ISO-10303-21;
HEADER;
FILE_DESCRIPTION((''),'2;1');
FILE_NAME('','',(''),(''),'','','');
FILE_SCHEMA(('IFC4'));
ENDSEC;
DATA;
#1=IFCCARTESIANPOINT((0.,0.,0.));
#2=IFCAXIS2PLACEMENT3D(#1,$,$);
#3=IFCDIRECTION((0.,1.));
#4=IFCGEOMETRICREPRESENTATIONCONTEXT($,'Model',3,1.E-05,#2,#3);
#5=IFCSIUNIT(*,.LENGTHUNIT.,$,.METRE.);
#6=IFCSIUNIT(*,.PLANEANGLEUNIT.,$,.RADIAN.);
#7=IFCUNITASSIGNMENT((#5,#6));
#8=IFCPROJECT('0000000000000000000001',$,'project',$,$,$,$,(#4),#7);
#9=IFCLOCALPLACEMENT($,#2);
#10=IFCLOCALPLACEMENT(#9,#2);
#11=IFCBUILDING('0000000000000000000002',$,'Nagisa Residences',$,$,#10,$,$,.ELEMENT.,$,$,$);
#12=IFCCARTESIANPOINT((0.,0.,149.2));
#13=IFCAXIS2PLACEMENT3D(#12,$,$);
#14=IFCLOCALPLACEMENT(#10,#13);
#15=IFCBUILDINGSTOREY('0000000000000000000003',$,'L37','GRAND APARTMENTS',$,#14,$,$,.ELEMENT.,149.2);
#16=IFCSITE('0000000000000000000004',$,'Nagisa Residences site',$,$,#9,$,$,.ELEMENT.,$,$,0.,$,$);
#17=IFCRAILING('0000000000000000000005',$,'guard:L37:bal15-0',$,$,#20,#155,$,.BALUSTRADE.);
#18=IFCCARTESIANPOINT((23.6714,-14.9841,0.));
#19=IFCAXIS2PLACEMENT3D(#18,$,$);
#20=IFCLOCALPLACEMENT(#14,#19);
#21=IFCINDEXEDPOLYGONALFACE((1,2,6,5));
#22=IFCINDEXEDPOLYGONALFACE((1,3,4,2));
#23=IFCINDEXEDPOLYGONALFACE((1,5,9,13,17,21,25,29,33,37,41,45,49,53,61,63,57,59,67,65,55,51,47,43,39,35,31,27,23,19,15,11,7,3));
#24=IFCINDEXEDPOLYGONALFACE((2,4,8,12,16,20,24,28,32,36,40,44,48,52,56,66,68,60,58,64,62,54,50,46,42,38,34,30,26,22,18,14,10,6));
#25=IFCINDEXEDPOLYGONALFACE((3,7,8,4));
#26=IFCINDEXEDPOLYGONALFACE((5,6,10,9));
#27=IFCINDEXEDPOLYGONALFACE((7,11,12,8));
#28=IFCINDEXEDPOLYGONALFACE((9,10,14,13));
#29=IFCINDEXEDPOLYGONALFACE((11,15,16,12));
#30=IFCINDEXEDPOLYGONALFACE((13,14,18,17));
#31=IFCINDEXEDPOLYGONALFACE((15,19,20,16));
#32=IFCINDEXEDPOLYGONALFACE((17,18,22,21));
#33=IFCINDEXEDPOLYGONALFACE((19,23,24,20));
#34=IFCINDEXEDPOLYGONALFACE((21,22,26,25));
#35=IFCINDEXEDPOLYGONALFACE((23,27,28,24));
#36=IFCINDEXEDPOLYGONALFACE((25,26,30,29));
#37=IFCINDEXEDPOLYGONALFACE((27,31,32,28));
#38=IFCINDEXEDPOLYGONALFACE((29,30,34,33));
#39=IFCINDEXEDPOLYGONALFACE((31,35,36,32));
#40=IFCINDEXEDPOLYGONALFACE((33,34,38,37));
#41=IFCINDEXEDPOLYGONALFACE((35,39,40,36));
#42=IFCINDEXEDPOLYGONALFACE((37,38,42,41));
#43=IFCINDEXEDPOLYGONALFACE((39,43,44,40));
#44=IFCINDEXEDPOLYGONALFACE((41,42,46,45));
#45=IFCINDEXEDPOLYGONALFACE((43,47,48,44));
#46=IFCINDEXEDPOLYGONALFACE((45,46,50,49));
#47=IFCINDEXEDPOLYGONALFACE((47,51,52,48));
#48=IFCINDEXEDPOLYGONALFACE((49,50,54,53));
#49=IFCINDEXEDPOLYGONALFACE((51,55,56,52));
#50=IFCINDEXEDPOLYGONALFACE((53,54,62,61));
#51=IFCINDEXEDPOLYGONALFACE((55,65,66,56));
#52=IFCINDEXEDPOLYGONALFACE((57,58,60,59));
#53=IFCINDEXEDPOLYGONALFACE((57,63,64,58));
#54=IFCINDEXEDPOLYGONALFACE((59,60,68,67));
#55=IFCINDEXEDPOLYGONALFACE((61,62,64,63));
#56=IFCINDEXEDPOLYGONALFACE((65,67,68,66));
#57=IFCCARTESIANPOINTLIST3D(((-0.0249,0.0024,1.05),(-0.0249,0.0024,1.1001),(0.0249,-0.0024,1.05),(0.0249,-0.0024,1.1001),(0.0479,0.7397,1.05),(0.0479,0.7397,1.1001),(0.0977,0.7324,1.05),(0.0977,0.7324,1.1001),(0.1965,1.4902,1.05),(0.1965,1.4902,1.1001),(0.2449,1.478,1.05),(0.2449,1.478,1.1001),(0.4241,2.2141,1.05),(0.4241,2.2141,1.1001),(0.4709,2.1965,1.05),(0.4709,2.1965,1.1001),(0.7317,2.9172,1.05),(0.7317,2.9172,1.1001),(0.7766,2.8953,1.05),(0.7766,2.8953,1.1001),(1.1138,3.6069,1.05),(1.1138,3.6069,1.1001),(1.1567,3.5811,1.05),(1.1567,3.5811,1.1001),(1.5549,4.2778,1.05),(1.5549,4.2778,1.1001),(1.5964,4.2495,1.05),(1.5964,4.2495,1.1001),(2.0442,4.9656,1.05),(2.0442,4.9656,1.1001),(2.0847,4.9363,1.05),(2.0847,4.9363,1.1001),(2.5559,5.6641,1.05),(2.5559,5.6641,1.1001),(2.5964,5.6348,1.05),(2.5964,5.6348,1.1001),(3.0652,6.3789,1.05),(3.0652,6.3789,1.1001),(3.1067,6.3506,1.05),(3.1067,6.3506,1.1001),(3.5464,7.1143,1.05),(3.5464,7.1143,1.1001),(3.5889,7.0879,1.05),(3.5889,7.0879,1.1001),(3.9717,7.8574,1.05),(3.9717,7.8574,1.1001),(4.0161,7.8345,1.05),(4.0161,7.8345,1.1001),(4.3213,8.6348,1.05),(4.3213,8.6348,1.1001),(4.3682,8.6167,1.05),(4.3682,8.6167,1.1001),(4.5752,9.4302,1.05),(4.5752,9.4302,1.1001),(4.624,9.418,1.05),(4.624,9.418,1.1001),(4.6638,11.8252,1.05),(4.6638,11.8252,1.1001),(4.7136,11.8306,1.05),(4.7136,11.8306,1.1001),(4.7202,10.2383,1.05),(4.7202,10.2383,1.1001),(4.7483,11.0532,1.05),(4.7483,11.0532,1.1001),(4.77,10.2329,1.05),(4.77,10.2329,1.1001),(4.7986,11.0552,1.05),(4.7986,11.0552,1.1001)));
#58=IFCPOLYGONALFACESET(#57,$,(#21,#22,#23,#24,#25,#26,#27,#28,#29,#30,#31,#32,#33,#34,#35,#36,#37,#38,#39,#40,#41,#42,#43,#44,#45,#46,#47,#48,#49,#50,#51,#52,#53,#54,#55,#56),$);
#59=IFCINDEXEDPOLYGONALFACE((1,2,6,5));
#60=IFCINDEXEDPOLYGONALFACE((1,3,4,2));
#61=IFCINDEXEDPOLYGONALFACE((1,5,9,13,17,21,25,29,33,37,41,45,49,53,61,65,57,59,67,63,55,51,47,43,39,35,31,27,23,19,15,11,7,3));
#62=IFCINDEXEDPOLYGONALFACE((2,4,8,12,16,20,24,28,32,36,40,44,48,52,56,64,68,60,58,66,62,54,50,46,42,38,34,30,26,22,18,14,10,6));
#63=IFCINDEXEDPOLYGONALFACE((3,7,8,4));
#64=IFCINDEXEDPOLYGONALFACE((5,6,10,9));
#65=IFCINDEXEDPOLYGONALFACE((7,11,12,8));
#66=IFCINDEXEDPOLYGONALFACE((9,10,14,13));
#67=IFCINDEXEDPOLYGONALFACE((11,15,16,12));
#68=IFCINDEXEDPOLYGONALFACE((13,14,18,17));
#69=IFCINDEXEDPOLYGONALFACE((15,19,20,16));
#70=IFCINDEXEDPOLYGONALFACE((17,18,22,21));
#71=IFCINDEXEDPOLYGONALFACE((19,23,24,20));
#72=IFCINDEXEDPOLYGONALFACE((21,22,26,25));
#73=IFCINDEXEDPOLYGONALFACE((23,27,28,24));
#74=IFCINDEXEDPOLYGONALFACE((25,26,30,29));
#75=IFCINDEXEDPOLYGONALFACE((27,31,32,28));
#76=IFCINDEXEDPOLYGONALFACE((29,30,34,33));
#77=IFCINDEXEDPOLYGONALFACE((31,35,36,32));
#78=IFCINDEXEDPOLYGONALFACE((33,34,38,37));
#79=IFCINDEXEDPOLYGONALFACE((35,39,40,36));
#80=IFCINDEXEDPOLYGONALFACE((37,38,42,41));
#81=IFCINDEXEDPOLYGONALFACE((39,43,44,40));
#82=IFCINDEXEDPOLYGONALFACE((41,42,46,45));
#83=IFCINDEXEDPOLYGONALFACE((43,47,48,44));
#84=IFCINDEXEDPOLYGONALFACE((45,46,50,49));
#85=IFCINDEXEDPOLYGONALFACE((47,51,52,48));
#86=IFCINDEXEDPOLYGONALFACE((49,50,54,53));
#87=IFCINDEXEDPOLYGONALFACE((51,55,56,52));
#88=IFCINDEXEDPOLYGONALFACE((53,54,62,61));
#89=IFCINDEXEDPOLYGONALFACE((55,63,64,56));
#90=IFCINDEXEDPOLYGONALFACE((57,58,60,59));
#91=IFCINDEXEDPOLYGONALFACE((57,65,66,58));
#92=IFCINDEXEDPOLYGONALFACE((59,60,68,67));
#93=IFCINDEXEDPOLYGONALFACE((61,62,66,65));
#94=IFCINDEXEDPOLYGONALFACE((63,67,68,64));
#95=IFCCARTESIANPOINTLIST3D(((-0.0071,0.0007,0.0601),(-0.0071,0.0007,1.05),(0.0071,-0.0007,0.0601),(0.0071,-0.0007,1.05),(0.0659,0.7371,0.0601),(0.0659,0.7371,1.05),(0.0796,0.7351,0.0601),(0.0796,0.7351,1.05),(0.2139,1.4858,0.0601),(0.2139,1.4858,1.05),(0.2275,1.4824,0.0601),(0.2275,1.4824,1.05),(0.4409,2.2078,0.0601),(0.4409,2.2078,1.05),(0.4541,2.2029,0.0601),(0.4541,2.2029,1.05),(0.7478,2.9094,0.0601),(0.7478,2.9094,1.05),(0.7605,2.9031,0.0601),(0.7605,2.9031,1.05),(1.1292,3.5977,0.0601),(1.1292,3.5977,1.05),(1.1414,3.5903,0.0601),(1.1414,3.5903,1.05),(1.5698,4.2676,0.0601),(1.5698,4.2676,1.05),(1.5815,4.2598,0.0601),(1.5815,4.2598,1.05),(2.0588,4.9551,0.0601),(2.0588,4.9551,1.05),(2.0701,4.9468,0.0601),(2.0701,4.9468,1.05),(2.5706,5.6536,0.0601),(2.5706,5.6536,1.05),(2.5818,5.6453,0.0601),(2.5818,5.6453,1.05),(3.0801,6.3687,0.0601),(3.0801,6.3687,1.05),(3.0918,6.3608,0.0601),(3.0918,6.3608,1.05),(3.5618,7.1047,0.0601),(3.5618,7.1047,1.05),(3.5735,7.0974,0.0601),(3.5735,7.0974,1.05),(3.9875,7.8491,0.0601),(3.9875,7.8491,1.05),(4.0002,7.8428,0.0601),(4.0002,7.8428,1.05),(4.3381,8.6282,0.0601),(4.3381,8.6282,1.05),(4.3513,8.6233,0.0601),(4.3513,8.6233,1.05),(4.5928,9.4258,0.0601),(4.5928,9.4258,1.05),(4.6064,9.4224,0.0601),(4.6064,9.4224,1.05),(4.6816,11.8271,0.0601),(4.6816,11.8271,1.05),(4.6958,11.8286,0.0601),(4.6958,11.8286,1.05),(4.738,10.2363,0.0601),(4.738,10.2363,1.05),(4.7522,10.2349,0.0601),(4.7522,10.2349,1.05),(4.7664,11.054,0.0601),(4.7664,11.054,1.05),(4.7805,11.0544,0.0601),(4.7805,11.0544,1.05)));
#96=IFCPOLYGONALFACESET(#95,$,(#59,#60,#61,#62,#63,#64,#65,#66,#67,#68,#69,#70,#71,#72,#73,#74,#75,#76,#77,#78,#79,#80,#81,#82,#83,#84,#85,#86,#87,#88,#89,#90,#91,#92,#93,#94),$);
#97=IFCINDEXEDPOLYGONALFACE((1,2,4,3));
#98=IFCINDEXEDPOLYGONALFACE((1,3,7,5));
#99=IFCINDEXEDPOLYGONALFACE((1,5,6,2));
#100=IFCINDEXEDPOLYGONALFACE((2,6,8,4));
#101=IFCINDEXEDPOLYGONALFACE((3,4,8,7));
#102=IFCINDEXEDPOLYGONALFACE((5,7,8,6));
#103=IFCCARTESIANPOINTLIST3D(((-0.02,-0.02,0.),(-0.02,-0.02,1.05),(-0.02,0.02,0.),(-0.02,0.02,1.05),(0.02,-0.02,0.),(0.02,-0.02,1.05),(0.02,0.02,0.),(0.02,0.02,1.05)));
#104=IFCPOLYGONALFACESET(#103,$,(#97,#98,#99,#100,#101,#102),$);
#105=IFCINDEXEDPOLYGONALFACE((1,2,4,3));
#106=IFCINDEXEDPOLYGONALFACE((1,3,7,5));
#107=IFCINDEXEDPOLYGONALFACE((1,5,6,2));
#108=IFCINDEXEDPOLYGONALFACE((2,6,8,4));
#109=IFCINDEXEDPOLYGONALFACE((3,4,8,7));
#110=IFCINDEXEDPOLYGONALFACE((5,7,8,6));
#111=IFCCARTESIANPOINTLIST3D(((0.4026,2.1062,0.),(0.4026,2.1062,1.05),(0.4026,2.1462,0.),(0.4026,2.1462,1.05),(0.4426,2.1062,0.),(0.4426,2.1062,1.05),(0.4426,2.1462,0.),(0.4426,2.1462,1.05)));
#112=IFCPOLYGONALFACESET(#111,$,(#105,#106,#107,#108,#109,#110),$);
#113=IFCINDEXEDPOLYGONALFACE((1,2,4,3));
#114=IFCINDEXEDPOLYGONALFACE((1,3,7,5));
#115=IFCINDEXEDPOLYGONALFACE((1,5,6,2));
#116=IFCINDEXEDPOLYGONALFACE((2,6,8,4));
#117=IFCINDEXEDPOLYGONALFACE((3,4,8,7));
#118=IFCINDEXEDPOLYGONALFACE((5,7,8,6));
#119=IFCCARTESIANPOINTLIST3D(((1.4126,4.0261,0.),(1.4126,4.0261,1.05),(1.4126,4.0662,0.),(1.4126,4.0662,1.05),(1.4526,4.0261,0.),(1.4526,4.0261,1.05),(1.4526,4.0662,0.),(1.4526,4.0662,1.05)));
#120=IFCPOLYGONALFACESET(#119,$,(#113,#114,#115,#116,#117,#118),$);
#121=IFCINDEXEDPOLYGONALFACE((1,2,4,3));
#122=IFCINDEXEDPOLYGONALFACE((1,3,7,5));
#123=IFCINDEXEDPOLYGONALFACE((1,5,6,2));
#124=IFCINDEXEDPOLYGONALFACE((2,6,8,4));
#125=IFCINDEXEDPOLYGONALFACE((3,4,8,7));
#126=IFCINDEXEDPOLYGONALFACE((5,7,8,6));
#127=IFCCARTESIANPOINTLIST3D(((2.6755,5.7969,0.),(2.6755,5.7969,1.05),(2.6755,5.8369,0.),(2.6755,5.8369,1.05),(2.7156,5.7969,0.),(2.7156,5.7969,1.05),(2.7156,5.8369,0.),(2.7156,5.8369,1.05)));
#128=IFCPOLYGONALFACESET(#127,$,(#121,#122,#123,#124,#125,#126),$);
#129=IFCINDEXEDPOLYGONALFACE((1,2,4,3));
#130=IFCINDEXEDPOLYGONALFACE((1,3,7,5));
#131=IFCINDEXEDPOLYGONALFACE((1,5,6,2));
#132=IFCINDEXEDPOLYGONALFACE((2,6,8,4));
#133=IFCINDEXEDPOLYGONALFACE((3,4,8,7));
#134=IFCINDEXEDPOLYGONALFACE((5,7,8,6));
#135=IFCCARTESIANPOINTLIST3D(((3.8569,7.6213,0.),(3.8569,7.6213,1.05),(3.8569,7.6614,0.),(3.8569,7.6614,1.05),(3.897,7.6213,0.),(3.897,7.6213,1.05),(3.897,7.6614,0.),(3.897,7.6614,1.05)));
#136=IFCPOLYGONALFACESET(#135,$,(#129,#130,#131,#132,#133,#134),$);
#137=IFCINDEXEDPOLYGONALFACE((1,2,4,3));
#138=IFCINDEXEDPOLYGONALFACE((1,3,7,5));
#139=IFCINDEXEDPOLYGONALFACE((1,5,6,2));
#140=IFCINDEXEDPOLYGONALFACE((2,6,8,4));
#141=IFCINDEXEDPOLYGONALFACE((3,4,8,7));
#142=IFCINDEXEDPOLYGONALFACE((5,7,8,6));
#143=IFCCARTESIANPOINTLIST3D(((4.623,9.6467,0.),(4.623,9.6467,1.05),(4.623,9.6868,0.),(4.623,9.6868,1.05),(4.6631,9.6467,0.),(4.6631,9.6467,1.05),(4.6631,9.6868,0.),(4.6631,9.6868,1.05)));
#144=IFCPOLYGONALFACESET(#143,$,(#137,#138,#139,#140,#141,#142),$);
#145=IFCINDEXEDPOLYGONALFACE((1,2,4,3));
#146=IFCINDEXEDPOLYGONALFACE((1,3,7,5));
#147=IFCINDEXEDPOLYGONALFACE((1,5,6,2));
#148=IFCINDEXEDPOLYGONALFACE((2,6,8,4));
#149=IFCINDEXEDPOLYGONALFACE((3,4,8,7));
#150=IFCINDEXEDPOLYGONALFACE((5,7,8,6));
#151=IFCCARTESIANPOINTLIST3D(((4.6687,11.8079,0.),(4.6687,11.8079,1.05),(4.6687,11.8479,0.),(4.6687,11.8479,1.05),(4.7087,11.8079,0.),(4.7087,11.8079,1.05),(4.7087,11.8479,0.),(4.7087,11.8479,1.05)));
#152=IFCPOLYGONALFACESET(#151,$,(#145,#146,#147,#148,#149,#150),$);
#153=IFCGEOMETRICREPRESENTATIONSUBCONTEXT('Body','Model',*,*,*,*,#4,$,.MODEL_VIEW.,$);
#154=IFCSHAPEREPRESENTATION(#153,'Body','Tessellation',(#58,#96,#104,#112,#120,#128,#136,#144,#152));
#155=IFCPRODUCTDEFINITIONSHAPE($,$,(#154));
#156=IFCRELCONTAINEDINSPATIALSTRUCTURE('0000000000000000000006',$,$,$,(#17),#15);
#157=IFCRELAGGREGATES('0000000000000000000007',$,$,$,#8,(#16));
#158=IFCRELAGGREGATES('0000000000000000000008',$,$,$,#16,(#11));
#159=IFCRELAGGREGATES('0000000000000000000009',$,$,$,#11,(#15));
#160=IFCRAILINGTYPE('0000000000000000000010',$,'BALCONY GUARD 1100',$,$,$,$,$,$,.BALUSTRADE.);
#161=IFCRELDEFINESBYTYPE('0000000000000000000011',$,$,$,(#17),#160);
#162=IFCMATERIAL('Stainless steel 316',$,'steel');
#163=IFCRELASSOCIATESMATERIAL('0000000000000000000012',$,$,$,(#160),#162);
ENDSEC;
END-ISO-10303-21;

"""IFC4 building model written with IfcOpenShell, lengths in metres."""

from ifc_helpers import new_model, si_unit, direction, frame, origin, origin_2d, place, context, subcontext, project, spatial, polyline, rectangle, outline, extrude, material, type_object, element, save


model = new_model("IFC4")

# Units and contexts
model_context = context("Model", 3, precision=1e-05, world=origin(), true_north=direction((0.0, 1.0)))
body_context = subcontext(model_context, "Body", "Model", "MODEL_VIEW")
ifc_project = project(units=[si_unit("LENGTHUNIT", "METRE"), si_unit("PLANEANGLEUNIT", "RADIAN")], contexts=[model_context])

# Site, building, storey
site_placement = place(None, origin())
site = spatial("IfcSite", under=ifc_project, at=site_placement, Name="Nagisa Residences site", CompositionType="ELEMENT", RefElevation=0.0)
building_placement = place(site_placement, origin())
building = spatial("IfcBuilding", under=site, at=building_placement, Name="Nagisa Residences", CompositionType="ELEMENT")
storey_placement = place(building_placement, frame((0.0, 0.0, 149.2)))
storey = spatial("IfcBuildingStorey", under=building, at=storey_placement, Name="L37", Description="GRAND APARTMENTS", CompositionType="ELEMENT", Elevation=149.2)

# Railing
ifc_material_1 = material(Name="Stainless steel 316", Category="steel")
railing_type = type_object("IfcRailingType", Name="BALCONY GUARD 1100", PredefinedType="BALUSTRADE", material=ifc_material_1)
railing_1_placement = place(storey_placement, frame((23.6714, -14.9841, 0.0)))
element("IfcRailing", 1, at=railing_1_placement, inside=storey, type_object=railing_type, Name="guard:L37:bal15-0", PredefinedType="BALUSTRADE", context=body_context, shape_type="SweptSolid", body=[
    extrude(outline(polyline([(0.0479, 0.7397), (-0.0249, 0.0024), (0.0249, -0.0024), (0.0977, 0.7324), (0.2449, 1.478), (0.4709, 2.1965), (0.7766, 2.8953), (1.1567, 3.5811), (1.5964, 4.2495), (2.0847, 4.9363), (2.5964, 5.6348), (3.1067, 6.3506), (3.5889, 7.0879), (4.0161, 7.8345), (4.3682, 8.6167), (4.624, 9.418), (4.77, 10.2329), (4.7986, 11.0552), (4.7136, 11.8306), (4.6638, 11.8252), (4.7483, 11.0532), (4.7202, 10.2383), (4.5752, 9.4302), (4.3213, 8.6348), (3.9717, 7.8574), (3.5464, 7.1143), (3.0652, 6.3789), (2.5559, 5.6641), (2.0442, 4.9656), (1.5549, 4.2778), (1.1138, 3.6069), (0.7317, 2.9172), (0.4241, 2.2141), (0.1965, 1.4902), (0.0479, 0.7397)])), frame((0.0, 0.0, 1.05)), (0.0, 0.0, 1.0), 0.05),
    extrude(outline(polyline([(0.0659, 0.7371), (-0.0071, 0.0007), (0.0071, -0.0007), (0.0796, 0.7351), (0.2275, 1.4824), (0.4541, 2.2029), (0.7605, 2.9031), (1.1414, 3.5903), (1.5815, 4.2598), (2.0701, 4.9468), (2.5818, 5.6453), (3.0918, 6.3608), (3.5735, 7.0974), (4.0002, 7.8428), (4.3513, 8.6233), (4.6064, 9.4224), (4.7522, 10.2349), (4.7805, 11.0544), (4.6958, 11.8286), (4.6816, 11.8271), (4.7664, 11.054), (4.738, 10.2363), (4.5928, 9.4258), (4.3381, 8.6282), (3.9875, 7.8491), (3.5618, 7.1047), (3.0801, 6.3687), (2.5706, 5.6536), (2.0588, 4.9551), (1.5698, 4.2676), (1.1292, 3.5977), (0.7478, 2.9094), (0.4409, 2.2078), (0.2139, 1.4858), (0.0659, 0.7371)])), frame((0.0, 0.0, 0.0601)), (0.0, 0.0, 1.0), 0.99),
    extrude(rectangle(XDim=0.04, YDim=0.04, at=origin_2d()), origin(), (0.0, 0.0, 1.0), 1.05),
    extrude(rectangle(XDim=0.04, YDim=0.04, at=origin_2d()), frame((0.4226, 2.1262, 0.0)), (0.0, 0.0, 1.0), 1.05),
    extrude(rectangle(XDim=0.04, YDim=0.04, at=origin_2d()), frame((1.4326, 4.0461, 0.0)), (0.0, 0.0, 1.0), 1.05),
    extrude(rectangle(XDim=0.04, YDim=0.04, at=origin_2d()), frame((2.6956, 5.8169, 0.0)), (0.0, 0.0, 1.0), 1.05),
    extrude(rectangle(XDim=0.04, YDim=0.04, at=origin_2d()), frame((3.877, 7.6414, 0.0)), (0.0, 0.0, 1.0), 1.05),
    extrude(rectangle(XDim=0.04, YDim=0.04, at=origin_2d()), frame((4.6431, 9.6667, 0.0)), (0.0, 0.0, 1.0), 1.05),
    extrude(rectangle(XDim=0.04, YDim=0.04, at=origin_2d()), frame((4.6887, 11.8279, 0.0)), (0.0, 0.0, 1.0), 1.05),
])

save(model, "model.ifc")
